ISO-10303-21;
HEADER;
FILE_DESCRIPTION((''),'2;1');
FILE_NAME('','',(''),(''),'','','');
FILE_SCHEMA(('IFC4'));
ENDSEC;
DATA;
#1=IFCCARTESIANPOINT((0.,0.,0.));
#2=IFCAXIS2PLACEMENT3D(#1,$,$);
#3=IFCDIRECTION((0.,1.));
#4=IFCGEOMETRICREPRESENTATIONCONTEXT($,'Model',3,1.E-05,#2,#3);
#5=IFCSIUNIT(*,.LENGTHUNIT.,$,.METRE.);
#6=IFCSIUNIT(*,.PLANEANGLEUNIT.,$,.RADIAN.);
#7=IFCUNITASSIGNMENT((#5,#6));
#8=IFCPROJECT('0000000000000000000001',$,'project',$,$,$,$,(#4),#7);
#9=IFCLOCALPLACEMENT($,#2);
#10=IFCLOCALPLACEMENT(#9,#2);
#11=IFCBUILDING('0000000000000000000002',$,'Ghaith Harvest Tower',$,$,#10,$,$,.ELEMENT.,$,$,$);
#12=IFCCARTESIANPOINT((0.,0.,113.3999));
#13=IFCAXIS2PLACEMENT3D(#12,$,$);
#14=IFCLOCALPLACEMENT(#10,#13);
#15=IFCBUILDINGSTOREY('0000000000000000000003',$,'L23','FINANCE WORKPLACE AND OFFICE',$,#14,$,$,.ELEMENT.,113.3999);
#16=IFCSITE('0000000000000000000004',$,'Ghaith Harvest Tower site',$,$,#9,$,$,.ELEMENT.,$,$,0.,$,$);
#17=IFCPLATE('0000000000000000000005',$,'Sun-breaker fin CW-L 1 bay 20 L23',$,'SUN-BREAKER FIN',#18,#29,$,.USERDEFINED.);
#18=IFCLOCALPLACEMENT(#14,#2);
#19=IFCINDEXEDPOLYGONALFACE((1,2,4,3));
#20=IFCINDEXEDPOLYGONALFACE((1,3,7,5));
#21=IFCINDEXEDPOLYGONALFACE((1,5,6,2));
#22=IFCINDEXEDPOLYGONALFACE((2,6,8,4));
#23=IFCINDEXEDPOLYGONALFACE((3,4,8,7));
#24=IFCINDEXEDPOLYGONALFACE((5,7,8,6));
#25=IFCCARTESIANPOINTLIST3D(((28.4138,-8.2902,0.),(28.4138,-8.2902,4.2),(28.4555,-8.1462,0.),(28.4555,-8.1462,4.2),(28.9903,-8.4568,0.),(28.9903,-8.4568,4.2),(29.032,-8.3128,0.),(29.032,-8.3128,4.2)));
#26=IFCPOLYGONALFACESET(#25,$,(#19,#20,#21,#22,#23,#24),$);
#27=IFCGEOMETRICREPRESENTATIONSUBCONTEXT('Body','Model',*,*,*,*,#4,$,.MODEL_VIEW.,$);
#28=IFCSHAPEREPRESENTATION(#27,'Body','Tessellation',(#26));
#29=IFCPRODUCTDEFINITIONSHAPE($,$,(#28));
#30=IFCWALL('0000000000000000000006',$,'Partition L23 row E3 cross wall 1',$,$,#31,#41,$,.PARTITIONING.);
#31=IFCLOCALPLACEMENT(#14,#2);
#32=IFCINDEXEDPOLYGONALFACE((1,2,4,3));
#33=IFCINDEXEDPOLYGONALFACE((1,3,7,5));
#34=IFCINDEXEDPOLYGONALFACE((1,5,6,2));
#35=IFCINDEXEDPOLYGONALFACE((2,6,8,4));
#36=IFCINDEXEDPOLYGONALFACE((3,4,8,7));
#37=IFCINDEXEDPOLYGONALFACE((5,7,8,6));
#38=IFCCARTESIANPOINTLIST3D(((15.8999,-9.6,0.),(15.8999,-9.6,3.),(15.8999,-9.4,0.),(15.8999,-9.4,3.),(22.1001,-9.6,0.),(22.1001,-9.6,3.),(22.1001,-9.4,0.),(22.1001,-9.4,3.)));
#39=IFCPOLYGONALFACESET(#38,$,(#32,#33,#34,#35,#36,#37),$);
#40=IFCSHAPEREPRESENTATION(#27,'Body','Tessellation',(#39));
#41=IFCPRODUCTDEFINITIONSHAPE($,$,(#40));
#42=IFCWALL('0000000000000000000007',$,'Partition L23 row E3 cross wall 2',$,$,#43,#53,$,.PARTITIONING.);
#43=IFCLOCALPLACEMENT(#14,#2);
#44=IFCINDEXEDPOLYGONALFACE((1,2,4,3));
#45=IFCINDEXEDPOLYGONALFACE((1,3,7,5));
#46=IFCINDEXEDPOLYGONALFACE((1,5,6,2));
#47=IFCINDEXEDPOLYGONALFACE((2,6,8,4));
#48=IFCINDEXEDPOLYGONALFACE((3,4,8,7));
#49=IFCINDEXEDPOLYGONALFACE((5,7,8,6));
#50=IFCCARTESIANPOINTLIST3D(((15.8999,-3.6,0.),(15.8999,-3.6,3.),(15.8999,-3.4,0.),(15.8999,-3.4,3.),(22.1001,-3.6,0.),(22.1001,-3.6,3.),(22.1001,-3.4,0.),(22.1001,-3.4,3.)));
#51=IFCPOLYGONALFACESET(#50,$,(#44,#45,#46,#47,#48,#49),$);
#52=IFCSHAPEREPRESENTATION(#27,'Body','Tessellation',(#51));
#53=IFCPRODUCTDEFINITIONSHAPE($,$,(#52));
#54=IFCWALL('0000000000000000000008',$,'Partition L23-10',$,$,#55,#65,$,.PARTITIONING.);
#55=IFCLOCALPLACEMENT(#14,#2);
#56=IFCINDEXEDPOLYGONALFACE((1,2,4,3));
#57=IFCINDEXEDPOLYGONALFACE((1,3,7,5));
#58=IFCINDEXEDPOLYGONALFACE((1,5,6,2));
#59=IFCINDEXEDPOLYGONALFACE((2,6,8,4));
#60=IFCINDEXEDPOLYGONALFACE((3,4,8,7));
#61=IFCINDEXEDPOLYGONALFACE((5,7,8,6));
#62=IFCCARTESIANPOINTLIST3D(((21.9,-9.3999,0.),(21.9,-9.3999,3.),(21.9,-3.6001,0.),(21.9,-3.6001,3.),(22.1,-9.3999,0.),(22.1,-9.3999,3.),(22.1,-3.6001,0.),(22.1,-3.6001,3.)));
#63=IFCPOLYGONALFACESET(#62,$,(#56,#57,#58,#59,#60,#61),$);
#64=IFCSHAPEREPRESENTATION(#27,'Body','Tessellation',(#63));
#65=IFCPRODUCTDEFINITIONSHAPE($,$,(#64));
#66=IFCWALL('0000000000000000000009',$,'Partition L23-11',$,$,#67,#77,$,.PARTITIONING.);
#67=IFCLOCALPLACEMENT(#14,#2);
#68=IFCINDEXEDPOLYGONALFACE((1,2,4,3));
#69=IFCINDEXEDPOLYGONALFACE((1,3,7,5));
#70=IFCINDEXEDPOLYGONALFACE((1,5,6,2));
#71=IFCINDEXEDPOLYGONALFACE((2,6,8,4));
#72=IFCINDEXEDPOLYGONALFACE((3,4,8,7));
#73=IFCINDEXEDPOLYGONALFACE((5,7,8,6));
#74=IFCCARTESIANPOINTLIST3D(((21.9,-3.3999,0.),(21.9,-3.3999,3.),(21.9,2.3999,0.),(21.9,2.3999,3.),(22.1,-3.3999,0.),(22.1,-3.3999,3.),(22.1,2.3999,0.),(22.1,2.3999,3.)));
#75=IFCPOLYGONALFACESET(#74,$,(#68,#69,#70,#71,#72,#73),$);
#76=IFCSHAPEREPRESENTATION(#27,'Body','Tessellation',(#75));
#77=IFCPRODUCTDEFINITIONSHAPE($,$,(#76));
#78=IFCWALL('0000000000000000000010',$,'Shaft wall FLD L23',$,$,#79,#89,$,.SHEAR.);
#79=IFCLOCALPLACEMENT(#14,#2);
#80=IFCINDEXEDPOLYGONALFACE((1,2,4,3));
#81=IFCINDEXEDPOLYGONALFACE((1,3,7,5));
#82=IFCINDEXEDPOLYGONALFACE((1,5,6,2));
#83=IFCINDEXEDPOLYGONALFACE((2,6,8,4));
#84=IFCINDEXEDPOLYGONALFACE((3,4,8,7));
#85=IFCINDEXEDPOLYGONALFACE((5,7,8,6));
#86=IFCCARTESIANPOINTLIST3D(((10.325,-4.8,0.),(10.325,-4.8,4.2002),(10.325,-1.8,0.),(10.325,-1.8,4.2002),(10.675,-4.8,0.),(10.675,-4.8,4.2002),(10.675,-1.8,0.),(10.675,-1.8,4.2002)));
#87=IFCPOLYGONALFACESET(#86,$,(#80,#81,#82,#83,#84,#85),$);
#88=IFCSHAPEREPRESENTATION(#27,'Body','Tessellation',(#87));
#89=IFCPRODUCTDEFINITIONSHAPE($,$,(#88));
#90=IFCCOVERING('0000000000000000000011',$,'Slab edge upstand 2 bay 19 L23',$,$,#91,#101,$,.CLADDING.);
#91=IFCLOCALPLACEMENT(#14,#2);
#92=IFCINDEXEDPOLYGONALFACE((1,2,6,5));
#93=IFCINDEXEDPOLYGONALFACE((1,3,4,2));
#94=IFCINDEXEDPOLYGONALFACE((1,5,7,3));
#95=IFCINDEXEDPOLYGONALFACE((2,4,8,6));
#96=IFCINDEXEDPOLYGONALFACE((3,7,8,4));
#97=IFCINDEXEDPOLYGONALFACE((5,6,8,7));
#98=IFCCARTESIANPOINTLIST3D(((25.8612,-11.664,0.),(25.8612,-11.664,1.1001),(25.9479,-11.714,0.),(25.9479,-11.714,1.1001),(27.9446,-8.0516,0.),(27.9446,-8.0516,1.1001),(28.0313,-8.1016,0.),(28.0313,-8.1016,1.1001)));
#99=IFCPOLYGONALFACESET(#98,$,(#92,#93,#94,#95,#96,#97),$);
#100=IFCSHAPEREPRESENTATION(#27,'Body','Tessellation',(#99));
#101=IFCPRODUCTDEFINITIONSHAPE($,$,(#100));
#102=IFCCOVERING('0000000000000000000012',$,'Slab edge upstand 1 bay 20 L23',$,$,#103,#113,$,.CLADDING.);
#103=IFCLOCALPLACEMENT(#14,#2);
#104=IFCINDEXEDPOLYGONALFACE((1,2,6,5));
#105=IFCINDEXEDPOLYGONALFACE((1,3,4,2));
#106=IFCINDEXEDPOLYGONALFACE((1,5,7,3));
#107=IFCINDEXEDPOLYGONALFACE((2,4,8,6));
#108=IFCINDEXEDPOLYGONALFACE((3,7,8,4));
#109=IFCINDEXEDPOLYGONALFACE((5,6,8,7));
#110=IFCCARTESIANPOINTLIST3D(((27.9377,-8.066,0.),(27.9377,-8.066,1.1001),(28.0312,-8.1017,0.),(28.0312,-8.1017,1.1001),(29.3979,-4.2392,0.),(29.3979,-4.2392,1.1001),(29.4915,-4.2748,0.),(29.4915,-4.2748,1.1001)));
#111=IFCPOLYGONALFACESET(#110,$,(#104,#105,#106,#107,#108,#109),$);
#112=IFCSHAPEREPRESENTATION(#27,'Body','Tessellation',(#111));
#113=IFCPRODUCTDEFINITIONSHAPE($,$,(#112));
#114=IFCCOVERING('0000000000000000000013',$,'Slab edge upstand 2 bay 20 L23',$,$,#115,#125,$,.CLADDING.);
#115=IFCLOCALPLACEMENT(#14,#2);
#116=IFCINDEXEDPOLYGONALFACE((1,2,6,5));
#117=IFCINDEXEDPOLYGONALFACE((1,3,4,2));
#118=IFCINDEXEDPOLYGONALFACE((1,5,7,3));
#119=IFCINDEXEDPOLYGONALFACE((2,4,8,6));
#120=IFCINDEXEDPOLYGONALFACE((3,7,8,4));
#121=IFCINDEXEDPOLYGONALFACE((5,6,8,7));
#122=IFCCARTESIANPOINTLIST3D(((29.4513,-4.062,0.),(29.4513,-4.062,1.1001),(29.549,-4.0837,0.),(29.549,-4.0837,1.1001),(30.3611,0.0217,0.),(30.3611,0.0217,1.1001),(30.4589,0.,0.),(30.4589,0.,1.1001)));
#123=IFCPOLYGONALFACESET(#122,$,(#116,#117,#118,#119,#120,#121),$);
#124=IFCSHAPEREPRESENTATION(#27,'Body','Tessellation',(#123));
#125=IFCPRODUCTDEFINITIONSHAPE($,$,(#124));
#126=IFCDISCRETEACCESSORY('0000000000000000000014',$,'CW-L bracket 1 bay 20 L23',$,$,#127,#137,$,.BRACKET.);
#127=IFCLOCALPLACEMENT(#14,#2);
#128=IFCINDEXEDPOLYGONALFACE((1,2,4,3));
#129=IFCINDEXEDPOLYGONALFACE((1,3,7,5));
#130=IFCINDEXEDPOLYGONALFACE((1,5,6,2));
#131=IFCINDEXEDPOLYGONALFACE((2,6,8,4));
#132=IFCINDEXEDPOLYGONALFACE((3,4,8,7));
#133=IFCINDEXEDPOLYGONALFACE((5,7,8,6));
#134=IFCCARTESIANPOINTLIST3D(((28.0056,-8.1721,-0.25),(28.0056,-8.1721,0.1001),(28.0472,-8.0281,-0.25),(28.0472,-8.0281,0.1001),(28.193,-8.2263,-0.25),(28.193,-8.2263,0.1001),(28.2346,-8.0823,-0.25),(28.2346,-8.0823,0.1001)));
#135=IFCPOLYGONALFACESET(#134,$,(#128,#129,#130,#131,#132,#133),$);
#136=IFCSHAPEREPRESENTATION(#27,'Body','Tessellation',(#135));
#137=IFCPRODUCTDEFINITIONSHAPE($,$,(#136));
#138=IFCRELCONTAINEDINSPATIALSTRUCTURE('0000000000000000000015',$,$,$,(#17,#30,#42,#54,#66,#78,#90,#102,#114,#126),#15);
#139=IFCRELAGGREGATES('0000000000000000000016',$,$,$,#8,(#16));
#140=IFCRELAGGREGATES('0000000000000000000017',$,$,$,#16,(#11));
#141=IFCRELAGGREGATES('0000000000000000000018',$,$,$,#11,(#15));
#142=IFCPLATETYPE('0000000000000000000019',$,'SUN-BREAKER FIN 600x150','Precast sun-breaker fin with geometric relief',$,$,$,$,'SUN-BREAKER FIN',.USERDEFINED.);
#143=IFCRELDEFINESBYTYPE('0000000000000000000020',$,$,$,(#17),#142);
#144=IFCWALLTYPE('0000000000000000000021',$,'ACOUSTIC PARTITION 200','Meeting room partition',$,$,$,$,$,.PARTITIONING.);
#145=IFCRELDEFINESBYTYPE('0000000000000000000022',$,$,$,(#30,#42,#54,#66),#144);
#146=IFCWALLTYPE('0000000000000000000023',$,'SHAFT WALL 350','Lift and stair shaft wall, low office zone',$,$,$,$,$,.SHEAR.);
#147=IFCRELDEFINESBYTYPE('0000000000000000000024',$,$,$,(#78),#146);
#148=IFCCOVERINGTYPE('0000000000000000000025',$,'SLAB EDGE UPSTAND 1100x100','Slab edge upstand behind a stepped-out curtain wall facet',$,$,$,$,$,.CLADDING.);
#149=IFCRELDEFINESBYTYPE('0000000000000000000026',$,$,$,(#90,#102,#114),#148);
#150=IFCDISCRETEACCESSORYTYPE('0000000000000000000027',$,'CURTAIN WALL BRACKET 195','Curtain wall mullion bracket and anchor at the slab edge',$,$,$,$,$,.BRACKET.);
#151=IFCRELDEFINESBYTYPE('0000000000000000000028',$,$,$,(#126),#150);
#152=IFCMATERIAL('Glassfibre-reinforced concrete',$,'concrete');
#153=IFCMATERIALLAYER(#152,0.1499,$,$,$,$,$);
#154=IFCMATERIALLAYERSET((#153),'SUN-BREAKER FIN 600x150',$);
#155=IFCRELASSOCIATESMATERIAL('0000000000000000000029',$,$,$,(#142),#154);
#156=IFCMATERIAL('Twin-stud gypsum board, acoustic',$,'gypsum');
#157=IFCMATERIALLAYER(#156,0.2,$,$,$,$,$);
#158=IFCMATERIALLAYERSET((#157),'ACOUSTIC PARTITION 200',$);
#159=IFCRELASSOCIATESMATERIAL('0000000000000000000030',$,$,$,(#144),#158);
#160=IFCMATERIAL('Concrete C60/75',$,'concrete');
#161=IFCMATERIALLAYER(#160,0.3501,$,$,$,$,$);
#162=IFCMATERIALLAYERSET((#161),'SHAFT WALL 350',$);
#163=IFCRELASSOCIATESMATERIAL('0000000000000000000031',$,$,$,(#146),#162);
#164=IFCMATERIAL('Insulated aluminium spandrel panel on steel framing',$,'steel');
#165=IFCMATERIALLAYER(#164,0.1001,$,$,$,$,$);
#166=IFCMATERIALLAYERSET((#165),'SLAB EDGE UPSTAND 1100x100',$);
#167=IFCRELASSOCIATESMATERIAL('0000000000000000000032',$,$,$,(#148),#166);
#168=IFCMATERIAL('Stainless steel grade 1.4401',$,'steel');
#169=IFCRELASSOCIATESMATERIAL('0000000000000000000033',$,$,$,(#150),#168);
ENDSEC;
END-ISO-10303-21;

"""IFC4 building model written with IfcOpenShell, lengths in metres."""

from ifc_helpers import new_model, si_unit, direction, frame, frame_2d, origin, origin_2d, place, context, subcontext, project, spatial, rectangle, extrude, material, layer, layer_set, type_object, element, save


model = new_model("IFC4")

# Units and contexts
model_context = context("Model", 3, precision=1e-05, world=origin(), true_north=direction((0.0, 1.0)))
body_context = subcontext(model_context, "Body", "Model", "MODEL_VIEW")
ifc_project = project(units=[si_unit("LENGTHUNIT", "METRE"), si_unit("PLANEANGLEUNIT", "RADIAN")], contexts=[model_context])

# Site, building, storey
site_placement = place(None, origin())
site = spatial("IfcSite", under=ifc_project, at=site_placement, Name="Ghaith Harvest Tower site", CompositionType="ELEMENT", RefElevation=0.0)
building_placement = place(site_placement, origin())
building = spatial("IfcBuilding", under=site, at=building_placement, Name="Ghaith Harvest Tower", CompositionType="ELEMENT")
storey_placement = place(building_placement, frame((0.0, 0.0, 113.3999)))
storey = spatial("IfcBuildingStorey", under=building, at=storey_placement, Name="L23", Description="FINANCE WORKPLACE AND OFFICE", CompositionType="ELEMENT", Elevation=113.3999)

# Plate
ifc_material_1 = material(Name="Glassfibre-reinforced concrete", Category="concrete")
ifc_layer_1 = layer(ifc_material_1, 0.1499)
ifc_layer_set_1 = layer_set([ifc_layer_1], Name="SUN-BREAKER FIN 600x150")
plate_type_1 = type_object("IfcPlateType", Name="SUN-BREAKER FIN 600x150", Description="Precast sun-breaker fin with geometric relief", ElementType="SUN-BREAKER FIN", PredefinedType="USERDEFINED", material=ifc_layer_set_1)
plate_1_placement = place(storey_placement, frame((28.7229, -8.3015, 0.0), z_axis=(0.0, 0.0, 1.0), x_axis=(0.96068, -0.277657, 0.0)))
element("IfcPlate", 1, at=plate_1_placement, inside=storey, type_object=plate_type_1, Name="Sun-breaker fin CW-L 1 bay 20 L23", ObjectType="SUN-BREAKER FIN", PredefinedType="USERDEFINED", context=body_context, shape_type="SweptSolid", body=[
    extrude(rectangle(XDim=0.6001, YDim=0.1499, at=origin_2d()), origin(), (0.0, 0.0, 1.0), 4.2),
])

# Walls
ifc_material_2 = material(Name="Twin-stud gypsum board, acoustic", Category="gypsum")
ifc_layer_2 = layer(ifc_material_2, 0.2)
ifc_layer_set_2 = layer_set([ifc_layer_2], Name="ACOUSTIC PARTITION 200")
wall_type_1 = type_object("IfcWallType", Name="ACOUSTIC PARTITION 200", Description="Meeting room partition", PredefinedType="PARTITIONING", material=ifc_layer_set_2)
for number, where, z_axis, x_axis, name in (
    (2, (15.8999, -9.5, 0.0), (0.0, 0.0, 1.0), (1.0, 0.0, 0.0), "Partition L23 row E3 cross wall 1"),
    (3, (15.8999, -3.5, 0.0), (0.0, 0.0, 1.0), (1.0, 0.0, 0.0), "Partition L23 row E3 cross wall 2"),
):
    element("IfcWall", number, at=place(storey_placement, frame(where, z_axis=z_axis, x_axis=x_axis)), inside=storey, type_object=wall_type_1, Name=name, PredefinedType="PARTITIONING", context=body_context, shape_type="SweptSolid", body=[
        extrude(rectangle(XDim=6.2002, YDim=0.2, at=frame_2d((3.1001, 0.0))), origin(), (0.0, 0.0, 1.0), 3.0),
    ])

# Wall
wall_1_placement = place(storey_placement, frame((22.0, -9.3999, 0.0), z_axis=(0.0, 0.0, 1.0), x_axis=(0.0, 1.0, 0.0)))
element("IfcWall", 4, at=wall_1_placement, inside=storey, type_object=wall_type_1, Name="Partition L23-10", PredefinedType="PARTITIONING", context=body_context, shape_type="SweptSolid", body=[
    extrude(rectangle(XDim=5.7998, YDim=0.2, at=frame_2d((2.8999, 0.0))), origin(), (0.0, 0.0, 1.0), 3.0),
])

# Wall
wall_2_placement = place(storey_placement, frame((22.0, -3.3999, 0.0), z_axis=(0.0, 0.0, 1.0), x_axis=(0.0, 1.0, 0.0)))
element("IfcWall", 5, at=wall_2_placement, inside=storey, type_object=wall_type_1, Name="Partition L23-11", PredefinedType="PARTITIONING", context=body_context, shape_type="SweptSolid", body=[
    extrude(rectangle(XDim=5.7998, YDim=0.2, at=frame_2d((2.8999, 0.0))), origin(), (0.0, 0.0, 1.0), 3.0),
])

# Wall
ifc_material_3 = material(Name="Concrete C60/75", Category="concrete")
ifc_layer_3 = layer(ifc_material_3, 0.3501)
ifc_layer_set_3 = layer_set([ifc_layer_3], Name="SHAFT WALL 350")
wall_type_2 = type_object("IfcWallType", Name="SHAFT WALL 350", Description="Lift and stair shaft wall, low office zone", PredefinedType="SHEAR", material=ifc_layer_set_3)
wall_3_placement = place(storey_placement, frame((10.5, -4.8, 0.0), z_axis=(0.0, 0.0, 1.0), x_axis=(0.0, 1.0, 0.0)))
element("IfcWall", 6, at=wall_3_placement, inside=storey, type_object=wall_type_2, Name="Shaft wall FLD L23", PredefinedType="SHEAR", context=body_context, shape_type="SweptSolid", body=[
    extrude(rectangle(XDim=3.0, YDim=0.3501, at=frame_2d((1.5, 0.0))), origin(), (0.0, 0.0, 1.0), 4.2002),
])

# Coverings
ifc_material_4 = material(Name="Insulated aluminium spandrel panel on steel framing", Category="steel")
ifc_layer_4 = layer(ifc_material_4, 0.1001)
ifc_layer_set_4 = layer_set([ifc_layer_4], Name="SLAB EDGE UPSTAND 1100x100")
covering_type = type_object("IfcCoveringType", Name="SLAB EDGE UPSTAND 1100x100", Description="Slab edge upstand behind a stepped-out curtain wall facet", PredefinedType="CLADDING", material=ifc_layer_set_4)
covering_1_placement = place(storey_placement, frame((26.9463, -9.8828, 0.0), z_axis=(0.0, 0.0, 1.0), x_axis=(0.499596, 0.866258, 0.0)))
element("IfcCovering", 7, at=covering_1_placement, inside=storey, type_object=covering_type, Name="Slab edge upstand 2 bay 19 L23", PredefinedType="CLADDING", context=body_context, shape_type="SweptSolid", body=[
    extrude(rectangle(XDim=4.1702, YDim=0.1001, at=origin_2d()), origin(), (0.0, 0.0, 1.0), 1.1001),
])
covering_2_placement = place(storey_placement, frame((28.7146, -6.1704, 0.0), z_axis=(0.0, 0.0, 1.0), x_axis=(0.356504, 0.934294, 0.0)))
element("IfcCovering", 8, at=covering_2_placement, inside=storey, type_object=covering_type, Name="Slab edge upstand 1 bay 20 L23", PredefinedType="CLADDING", context=body_context, shape_type="SweptSolid", body=[
    extrude(rectangle(XDim=4.0959, YDim=0.1001, at=origin_2d()), origin(), (0.0, 0.0, 1.0), 1.1001),
])
covering_3_placement = place(storey_placement, frame((29.9551, -2.031, 0.0), z_axis=(0.0, 0.0, 1.0), x_axis=(0.217466, 0.976068, 0.0)))
element("IfcCovering", 9, at=covering_3_placement, inside=storey, type_object=covering_type, Name="Slab edge upstand 2 bay 20 L23", PredefinedType="CLADDING", context=body_context, shape_type="SweptSolid", body=[
    extrude(rectangle(XDim=4.1838, YDim=0.1001, at=origin_2d()), origin(), (0.0, 0.0, 1.0), 1.1001),
])

# Discrete accessory
ifc_material_5 = material(Name="Stainless steel grade 1.4401", Category="steel")
discrete_accessory_type = type_object("IfcDiscreteAccessoryType", Name="CURTAIN WALL BRACKET 195", Description="Curtain wall mullion bracket and anchor at the slab edge", PredefinedType="BRACKET", material=ifc_material_5)
discrete_accessory_placement = place(storey_placement, frame((28.1201, -8.1272, -0.25), z_axis=(0.0, 0.0, 1.0), x_axis=(0.96068, -0.277657, 0.0)))
element("IfcDiscreteAccessory", 10, at=discrete_accessory_placement, inside=storey, type_object=discrete_accessory_type, Name="CW-L bracket 1 bay 20 L23", PredefinedType="BRACKET", context=body_context, shape_type="SweptSolid", body=[
    extrude(rectangle(XDim=0.1951, YDim=0.1499, at=origin_2d()), origin(), (0.0, 0.0, 1.0), 0.3501),
])

save(model, "model.ifc")
